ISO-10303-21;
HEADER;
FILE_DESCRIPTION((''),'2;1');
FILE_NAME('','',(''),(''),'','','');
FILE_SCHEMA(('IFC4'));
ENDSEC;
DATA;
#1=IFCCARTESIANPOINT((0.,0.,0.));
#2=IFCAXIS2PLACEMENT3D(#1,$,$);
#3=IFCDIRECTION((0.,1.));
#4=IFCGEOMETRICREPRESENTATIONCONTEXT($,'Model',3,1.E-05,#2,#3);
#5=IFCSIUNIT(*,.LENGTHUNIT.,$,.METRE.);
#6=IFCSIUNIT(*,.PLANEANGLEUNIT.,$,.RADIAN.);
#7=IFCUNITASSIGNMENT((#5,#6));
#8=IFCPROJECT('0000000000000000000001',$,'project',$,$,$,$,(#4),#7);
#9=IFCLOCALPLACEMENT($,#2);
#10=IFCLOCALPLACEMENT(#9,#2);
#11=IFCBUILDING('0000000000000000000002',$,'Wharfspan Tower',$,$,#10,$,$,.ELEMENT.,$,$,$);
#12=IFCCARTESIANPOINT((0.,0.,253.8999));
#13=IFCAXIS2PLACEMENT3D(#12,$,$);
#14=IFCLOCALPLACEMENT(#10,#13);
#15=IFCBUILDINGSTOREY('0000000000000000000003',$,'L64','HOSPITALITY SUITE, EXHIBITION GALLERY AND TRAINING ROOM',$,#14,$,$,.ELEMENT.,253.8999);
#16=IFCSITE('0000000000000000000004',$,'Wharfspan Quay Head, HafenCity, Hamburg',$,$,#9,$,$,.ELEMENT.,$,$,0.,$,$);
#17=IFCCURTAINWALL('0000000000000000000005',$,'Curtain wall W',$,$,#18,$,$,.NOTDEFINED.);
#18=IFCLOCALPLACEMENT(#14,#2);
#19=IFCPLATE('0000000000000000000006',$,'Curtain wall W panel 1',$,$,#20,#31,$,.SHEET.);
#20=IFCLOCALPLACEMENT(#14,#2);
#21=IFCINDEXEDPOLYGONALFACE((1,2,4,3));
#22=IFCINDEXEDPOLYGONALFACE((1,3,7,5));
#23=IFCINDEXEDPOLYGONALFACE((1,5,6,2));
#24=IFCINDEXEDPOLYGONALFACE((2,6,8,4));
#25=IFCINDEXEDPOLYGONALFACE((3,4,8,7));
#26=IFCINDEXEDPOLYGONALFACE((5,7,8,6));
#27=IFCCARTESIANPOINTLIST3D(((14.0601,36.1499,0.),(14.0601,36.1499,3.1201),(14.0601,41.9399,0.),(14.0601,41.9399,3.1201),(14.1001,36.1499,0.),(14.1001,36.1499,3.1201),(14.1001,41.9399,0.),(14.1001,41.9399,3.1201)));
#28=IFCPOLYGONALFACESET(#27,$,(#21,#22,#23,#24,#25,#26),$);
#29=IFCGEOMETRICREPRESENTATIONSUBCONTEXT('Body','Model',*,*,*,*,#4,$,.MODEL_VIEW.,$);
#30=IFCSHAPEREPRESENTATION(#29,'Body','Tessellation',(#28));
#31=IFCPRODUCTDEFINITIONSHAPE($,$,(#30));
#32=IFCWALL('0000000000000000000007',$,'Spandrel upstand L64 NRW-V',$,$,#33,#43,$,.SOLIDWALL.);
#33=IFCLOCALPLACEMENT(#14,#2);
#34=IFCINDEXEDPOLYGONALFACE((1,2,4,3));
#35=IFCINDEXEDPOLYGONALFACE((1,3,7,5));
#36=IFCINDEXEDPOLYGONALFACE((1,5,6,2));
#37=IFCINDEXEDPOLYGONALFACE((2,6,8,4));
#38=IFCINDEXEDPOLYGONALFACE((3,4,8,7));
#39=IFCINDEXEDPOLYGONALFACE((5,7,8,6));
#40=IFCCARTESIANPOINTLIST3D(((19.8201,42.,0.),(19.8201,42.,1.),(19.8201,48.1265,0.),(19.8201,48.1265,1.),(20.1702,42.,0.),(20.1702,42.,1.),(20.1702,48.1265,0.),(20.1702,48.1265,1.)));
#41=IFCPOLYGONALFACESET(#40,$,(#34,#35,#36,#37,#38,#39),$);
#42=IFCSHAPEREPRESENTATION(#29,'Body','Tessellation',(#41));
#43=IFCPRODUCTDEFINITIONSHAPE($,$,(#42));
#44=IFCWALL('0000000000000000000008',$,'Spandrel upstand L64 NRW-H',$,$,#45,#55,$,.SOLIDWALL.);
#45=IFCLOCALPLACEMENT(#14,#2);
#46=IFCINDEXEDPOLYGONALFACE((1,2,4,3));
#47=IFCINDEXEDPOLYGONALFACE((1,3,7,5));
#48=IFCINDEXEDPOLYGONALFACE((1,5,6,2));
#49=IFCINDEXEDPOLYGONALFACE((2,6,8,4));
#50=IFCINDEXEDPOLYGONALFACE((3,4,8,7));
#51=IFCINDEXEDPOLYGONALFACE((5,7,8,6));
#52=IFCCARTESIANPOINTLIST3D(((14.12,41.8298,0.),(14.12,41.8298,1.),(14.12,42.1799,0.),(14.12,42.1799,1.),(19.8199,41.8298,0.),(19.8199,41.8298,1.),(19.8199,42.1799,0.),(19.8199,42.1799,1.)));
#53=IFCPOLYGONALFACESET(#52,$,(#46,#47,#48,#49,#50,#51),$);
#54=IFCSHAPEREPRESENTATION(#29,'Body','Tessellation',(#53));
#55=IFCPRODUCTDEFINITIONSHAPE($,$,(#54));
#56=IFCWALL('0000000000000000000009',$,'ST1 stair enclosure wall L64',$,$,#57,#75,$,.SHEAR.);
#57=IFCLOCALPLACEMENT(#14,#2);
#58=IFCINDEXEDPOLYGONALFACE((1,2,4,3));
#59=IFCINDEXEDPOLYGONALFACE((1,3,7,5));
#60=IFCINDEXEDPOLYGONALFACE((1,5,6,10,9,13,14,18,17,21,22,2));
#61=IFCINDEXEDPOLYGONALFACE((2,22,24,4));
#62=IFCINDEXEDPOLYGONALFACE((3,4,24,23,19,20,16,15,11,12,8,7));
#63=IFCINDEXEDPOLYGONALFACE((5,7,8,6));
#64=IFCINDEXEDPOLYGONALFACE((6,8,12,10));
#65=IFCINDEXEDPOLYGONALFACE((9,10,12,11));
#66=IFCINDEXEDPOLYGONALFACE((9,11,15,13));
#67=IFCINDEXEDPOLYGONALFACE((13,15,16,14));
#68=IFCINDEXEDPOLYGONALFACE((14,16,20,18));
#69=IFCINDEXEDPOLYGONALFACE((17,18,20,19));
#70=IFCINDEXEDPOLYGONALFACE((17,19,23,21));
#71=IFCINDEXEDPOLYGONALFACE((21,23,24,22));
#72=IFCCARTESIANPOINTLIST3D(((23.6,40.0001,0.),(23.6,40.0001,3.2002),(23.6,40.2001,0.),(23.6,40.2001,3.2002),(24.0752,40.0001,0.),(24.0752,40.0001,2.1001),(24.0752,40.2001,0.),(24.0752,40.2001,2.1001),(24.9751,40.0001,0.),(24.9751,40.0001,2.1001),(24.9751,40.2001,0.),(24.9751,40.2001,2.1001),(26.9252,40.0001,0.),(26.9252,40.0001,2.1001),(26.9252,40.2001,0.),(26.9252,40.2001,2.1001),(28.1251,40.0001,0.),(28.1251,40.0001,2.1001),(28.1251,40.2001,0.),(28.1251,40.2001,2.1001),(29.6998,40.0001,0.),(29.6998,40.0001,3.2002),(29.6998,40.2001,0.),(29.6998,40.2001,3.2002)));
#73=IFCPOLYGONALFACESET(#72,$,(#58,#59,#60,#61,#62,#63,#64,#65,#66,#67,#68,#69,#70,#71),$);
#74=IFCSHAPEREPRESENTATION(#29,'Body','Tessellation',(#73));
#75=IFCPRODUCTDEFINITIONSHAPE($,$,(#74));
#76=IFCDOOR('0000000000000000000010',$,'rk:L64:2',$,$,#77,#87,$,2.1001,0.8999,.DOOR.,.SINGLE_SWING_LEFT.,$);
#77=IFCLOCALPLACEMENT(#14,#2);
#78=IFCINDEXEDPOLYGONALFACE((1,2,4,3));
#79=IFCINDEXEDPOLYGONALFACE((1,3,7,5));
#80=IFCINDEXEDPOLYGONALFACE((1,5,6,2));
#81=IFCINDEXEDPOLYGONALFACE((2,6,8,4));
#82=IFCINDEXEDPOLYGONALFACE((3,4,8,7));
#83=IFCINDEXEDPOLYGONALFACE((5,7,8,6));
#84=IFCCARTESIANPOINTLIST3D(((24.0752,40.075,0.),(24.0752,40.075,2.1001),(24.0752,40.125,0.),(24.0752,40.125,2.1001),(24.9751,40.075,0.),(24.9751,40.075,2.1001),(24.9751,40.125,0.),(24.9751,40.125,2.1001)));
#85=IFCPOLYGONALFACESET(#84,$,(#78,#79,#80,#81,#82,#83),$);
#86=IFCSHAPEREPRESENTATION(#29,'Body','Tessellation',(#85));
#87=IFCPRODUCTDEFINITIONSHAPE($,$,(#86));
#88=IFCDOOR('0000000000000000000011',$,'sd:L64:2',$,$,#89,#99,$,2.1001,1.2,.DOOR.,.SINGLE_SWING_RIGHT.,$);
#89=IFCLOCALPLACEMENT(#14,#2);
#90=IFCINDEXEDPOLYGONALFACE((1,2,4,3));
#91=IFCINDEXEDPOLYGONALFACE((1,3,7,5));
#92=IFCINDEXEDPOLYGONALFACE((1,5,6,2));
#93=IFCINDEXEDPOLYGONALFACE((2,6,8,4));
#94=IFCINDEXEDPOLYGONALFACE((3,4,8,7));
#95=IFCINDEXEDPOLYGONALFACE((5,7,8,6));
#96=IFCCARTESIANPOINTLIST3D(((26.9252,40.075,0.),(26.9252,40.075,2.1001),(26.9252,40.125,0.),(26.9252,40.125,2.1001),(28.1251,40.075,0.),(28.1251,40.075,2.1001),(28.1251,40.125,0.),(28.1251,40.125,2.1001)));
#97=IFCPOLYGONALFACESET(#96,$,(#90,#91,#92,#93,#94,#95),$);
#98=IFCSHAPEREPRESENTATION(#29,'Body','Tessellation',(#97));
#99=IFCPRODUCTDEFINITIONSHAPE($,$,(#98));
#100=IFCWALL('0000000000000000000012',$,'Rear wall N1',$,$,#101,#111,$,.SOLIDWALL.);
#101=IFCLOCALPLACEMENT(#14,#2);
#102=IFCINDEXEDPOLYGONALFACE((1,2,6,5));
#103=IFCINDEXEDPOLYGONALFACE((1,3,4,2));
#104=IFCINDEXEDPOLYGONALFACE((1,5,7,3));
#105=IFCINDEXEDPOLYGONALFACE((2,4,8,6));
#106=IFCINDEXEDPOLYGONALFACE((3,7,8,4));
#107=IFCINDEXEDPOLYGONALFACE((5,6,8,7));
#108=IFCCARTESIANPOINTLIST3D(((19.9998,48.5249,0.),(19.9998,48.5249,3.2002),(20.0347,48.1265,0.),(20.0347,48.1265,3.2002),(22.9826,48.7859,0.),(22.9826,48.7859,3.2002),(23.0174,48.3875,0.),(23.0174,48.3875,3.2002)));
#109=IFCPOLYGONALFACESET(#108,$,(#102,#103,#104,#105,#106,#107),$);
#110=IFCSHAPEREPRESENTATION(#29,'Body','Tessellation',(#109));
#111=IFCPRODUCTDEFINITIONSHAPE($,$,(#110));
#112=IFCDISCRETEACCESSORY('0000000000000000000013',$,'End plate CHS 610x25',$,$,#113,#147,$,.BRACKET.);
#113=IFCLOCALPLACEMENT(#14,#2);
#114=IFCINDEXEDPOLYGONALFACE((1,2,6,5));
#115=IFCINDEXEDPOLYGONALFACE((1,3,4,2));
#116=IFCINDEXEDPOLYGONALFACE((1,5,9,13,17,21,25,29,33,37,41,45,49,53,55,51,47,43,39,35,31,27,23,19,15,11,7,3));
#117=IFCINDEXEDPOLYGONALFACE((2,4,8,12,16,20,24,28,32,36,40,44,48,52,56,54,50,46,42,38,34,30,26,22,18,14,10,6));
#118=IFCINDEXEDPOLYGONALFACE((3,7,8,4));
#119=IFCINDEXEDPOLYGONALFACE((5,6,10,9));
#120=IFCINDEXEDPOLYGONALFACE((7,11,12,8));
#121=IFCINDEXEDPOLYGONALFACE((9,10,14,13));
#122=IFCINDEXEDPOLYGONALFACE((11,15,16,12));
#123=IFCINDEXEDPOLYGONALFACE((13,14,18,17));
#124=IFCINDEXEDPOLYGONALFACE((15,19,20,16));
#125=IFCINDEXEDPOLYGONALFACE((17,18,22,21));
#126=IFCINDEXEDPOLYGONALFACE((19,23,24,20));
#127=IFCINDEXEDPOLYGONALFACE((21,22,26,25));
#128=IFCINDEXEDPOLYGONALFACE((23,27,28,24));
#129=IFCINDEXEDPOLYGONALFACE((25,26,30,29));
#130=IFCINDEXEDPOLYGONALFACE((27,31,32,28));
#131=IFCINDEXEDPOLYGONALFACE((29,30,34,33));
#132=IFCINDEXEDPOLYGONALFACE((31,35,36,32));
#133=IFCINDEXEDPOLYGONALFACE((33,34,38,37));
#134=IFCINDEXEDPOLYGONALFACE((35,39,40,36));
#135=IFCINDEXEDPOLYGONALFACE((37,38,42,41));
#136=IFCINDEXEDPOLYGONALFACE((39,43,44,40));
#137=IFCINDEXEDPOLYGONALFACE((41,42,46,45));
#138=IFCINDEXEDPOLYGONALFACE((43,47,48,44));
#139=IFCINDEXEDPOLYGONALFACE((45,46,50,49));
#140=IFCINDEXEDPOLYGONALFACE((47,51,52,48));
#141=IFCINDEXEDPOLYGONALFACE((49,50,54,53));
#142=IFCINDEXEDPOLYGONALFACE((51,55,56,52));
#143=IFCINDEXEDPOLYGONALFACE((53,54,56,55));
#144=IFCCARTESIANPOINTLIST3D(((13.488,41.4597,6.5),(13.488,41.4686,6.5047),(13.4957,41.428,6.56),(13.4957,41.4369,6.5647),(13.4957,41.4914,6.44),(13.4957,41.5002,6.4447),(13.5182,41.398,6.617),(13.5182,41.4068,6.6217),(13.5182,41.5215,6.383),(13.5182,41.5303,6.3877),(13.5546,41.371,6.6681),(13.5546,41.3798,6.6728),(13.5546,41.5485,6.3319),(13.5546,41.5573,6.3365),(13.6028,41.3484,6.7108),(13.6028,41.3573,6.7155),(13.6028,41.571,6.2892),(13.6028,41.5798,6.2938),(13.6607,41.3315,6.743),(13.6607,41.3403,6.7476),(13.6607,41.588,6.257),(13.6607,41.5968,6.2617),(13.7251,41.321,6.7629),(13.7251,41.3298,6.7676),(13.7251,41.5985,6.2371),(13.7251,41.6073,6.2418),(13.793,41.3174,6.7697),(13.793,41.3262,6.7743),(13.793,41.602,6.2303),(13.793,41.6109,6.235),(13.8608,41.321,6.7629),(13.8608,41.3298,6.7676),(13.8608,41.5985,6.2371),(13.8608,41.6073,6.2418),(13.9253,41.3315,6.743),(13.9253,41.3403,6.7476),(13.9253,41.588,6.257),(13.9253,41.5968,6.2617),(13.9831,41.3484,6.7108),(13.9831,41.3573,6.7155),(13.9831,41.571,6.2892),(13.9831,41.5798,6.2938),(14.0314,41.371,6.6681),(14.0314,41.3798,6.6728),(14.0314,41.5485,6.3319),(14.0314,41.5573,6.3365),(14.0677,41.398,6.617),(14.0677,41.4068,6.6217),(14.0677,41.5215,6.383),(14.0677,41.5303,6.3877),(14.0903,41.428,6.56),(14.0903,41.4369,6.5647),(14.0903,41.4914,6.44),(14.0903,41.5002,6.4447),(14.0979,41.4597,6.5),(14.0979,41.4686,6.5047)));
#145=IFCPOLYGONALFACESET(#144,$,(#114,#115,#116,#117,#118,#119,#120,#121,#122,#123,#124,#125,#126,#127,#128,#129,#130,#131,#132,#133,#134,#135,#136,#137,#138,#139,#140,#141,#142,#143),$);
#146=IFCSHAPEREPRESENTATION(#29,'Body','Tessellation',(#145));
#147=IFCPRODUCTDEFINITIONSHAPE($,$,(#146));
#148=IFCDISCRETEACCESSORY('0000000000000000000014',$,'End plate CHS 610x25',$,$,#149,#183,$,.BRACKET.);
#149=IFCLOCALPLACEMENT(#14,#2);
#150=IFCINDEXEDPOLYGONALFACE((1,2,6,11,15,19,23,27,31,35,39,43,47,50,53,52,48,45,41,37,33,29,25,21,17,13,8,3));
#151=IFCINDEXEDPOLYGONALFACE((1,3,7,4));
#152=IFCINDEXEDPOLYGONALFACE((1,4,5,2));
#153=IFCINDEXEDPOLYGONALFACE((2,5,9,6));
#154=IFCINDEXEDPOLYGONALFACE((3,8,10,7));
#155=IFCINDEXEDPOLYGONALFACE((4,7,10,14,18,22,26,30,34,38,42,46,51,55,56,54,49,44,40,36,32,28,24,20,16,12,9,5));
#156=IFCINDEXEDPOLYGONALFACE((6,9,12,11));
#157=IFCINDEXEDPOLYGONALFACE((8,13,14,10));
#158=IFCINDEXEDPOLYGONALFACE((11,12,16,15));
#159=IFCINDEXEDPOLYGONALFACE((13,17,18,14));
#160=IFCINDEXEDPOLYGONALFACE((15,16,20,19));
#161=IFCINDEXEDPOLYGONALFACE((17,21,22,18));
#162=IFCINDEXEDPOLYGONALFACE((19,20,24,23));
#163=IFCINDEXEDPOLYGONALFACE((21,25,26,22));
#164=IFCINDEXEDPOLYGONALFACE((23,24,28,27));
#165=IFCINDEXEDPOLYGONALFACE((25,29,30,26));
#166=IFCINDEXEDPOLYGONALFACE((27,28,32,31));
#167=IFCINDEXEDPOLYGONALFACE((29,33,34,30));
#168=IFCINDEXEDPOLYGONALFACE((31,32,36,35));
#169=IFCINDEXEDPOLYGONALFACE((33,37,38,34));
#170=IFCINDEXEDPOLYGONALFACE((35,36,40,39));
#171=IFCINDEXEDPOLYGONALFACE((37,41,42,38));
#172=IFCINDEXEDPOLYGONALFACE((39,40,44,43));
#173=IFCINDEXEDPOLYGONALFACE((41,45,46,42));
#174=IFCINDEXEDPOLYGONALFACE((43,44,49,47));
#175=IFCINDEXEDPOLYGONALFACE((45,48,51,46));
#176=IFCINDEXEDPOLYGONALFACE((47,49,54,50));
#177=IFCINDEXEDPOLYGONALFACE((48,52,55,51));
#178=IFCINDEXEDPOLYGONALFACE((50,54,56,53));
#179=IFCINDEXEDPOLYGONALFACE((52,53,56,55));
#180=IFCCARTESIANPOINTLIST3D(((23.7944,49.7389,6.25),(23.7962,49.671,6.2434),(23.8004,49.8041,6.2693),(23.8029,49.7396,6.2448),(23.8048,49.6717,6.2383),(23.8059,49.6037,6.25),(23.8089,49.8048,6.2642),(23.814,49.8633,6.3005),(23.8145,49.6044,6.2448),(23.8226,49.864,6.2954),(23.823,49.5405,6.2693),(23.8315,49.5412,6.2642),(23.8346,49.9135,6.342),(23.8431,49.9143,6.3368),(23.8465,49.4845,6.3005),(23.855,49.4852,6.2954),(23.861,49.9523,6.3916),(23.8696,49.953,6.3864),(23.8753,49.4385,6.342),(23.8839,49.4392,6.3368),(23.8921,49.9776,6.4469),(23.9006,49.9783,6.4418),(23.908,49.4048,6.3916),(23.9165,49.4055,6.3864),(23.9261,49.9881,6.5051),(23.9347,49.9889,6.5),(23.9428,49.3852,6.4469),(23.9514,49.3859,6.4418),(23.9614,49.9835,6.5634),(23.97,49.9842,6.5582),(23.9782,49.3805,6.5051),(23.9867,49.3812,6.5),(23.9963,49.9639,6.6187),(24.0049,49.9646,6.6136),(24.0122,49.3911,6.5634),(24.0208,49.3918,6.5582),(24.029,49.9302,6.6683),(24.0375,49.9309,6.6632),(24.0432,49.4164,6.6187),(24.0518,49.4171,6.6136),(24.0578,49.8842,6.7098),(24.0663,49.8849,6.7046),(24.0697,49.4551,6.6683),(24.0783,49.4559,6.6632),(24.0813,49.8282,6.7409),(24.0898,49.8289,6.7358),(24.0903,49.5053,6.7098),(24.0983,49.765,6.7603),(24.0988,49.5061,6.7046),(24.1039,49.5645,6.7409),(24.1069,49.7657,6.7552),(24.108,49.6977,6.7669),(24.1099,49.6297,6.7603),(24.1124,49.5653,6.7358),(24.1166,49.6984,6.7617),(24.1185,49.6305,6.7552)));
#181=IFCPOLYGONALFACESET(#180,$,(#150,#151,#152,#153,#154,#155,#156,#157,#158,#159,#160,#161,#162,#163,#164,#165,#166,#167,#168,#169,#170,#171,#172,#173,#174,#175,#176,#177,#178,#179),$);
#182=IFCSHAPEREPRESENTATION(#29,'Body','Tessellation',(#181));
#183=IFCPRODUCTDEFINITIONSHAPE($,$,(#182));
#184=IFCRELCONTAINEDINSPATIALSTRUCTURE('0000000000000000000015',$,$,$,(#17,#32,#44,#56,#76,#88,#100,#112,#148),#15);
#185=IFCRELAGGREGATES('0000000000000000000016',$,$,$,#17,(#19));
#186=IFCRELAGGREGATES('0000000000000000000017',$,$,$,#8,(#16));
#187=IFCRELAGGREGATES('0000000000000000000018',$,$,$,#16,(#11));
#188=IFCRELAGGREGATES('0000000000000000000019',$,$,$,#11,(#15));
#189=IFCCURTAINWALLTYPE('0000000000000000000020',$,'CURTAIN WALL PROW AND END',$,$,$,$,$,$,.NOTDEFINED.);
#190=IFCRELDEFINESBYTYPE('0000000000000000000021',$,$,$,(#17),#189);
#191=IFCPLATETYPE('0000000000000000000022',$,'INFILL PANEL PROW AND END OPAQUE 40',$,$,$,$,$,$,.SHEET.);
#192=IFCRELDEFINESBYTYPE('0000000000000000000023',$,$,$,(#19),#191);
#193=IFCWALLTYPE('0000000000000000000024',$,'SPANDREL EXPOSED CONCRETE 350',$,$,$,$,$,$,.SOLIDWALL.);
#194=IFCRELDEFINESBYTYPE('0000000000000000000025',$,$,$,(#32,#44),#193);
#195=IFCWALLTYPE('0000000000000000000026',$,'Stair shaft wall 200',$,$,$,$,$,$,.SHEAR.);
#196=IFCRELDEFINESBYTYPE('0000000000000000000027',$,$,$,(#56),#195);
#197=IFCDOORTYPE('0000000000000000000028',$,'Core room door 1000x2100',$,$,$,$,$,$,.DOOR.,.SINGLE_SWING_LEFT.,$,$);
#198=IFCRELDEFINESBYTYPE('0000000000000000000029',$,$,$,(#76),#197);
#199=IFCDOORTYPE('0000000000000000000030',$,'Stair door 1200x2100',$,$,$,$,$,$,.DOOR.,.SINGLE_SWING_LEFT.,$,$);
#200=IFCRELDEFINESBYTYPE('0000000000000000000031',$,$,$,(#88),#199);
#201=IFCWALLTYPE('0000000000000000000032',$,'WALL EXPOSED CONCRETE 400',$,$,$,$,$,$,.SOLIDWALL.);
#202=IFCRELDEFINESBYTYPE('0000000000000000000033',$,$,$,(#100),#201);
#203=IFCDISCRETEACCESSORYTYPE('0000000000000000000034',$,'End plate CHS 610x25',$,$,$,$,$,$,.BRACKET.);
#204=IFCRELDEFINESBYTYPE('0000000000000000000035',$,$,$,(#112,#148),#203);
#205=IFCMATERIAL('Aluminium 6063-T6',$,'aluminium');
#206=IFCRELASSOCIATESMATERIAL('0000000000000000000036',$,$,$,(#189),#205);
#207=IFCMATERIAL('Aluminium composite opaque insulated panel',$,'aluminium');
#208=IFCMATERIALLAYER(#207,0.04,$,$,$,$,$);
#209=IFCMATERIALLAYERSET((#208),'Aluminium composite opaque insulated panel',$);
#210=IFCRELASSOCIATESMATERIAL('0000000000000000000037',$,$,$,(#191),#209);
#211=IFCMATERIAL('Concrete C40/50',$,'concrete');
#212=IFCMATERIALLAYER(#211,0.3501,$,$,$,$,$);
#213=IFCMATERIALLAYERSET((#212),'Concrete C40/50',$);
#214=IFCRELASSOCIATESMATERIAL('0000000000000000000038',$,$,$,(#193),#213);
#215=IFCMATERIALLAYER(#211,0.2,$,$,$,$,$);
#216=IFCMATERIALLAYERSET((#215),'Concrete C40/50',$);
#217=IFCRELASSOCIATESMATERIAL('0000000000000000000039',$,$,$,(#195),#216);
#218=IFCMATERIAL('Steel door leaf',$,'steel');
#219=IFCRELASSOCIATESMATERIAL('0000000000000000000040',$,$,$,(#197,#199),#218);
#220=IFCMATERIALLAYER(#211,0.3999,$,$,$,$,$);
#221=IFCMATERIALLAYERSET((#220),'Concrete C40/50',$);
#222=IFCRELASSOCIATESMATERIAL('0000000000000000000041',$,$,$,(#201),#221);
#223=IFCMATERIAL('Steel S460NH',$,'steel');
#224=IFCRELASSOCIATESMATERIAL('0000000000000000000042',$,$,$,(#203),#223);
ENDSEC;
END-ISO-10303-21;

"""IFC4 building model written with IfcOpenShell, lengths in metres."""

from ifc_helpers import new_model, si_unit, direction, frame, frame_2d, origin, origin_2d, place, context, subcontext, project, spatial, rectangle, circle, extrude, material, layer, layer_set, material_profile, profile_set, type_object, element, fill, aggregate, save


model = new_model("IFC4")

# Units and contexts
model_context = context("Model", 3, precision=1e-05, world=origin(), true_north=direction((0.0, 1.0)))
body_context = subcontext(model_context, "Body", "Model", "MODEL_VIEW")
ifc_project = project(units=[si_unit("LENGTHUNIT", "METRE"), si_unit("PLANEANGLEUNIT", "RADIAN")], contexts=[model_context])

# Site, building, storey
site_placement = place(None, origin())
site = spatial("IfcSite", under=ifc_project, at=site_placement, Name="Wharfspan Quay Head, HafenCity, Hamburg", CompositionType="ELEMENT", RefElevation=0.0)
building_placement = place(site_placement, origin())
building = spatial("IfcBuilding", under=site, at=building_placement, Name="Wharfspan Tower", CompositionType="ELEMENT")
storey_placement = place(building_placement, frame((0.0, 0.0, 253.8999)))
storey = spatial("IfcBuildingStorey", under=building, at=storey_placement, Name="L64", Description="HOSPITALITY SUITE, EXHIBITION GALLERY AND TRAINING ROOM", CompositionType="ELEMENT", Elevation=253.8999)

# Curtain wall
ifc_material_1 = material(Name="Aluminium 6063-T6", Category="aluminium")
curtain_wall_type = type_object("IfcCurtainWallType", Name="CURTAIN WALL PROW AND END", PredefinedType="NOTDEFINED", material=ifc_material_1)
curtain_wall_1_placement = place(storey_placement, origin())
curtain_wall_1 = element("IfcCurtainWall", 1, at=curtain_wall_1_placement, inside=storey, type_object=curtain_wall_type, Name="Curtain wall W", PredefinedType="NOTDEFINED")

# Plate
ifc_material_2 = material(Name="Aluminium composite opaque insulated panel", Category="aluminium")
ifc_layer_1 = layer(ifc_material_2, 0.04)
ifc_layer_set_1 = layer_set([ifc_layer_1], Name="Aluminium composite opaque insulated panel")
plate_type_1 = type_object("IfcPlateType", Name="INFILL PANEL PROW AND END OPAQUE 40", PredefinedType="SHEET", material=ifc_layer_set_1)
plate_1_placement = place(storey_placement, frame((14.0801, 39.0449, 0.0), z_axis=(0.0, 0.0, 1.0), x_axis=(0.0, -1.0, 0.0)))
plate_1 = element("IfcPlate", 2, at=plate_1_placement, type_object=plate_type_1, Name="Curtain wall W panel 1", PredefinedType="SHEET", context=body_context, shape_type="SweptSolid", body=[
    extrude(rectangle(XDim=5.79, YDim=0.04, at=origin_2d()), origin(), (0.0, 0.0, 1.0), 3.1201),
])
aggregate(curtain_wall_1, [plate_1])

# Walls
ifc_material_3 = material(Name="Concrete C40/50", Category="concrete")
ifc_layer_2 = layer(ifc_material_3, 0.3501)
ifc_layer_set_2 = layer_set([ifc_layer_2], Name="Concrete C40/50")
wall_type_1 = type_object("IfcWallType", Name="SPANDREL EXPOSED CONCRETE 350", PredefinedType="SOLIDWALL", material=ifc_layer_set_2)
wall_1_placement = place(storey_placement, frame((19.9951, 48.1265, 0.0), z_axis=(0.0, 0.0, 1.0), x_axis=(0.0, -1.0, 0.0)))
element("IfcWall", 3, at=wall_1_placement, inside=storey, type_object=wall_type_1, Name="Spandrel upstand L64 NRW-V", PredefinedType="SOLIDWALL", context=body_context, shape_type="SweptSolid", body=[
    extrude(rectangle(XDim=6.1265, YDim=0.3501, at=frame_2d((3.0632, 0.0))), origin(), (0.0, 0.0, 1.0), 1.0),
])
wall_2_placement = place(storey_placement, frame((19.8201, 42.0049, 0.0), z_axis=(0.0, 0.0, 1.0), x_axis=(-1.0, 0.0, 0.0)))
element("IfcWall", 4, at=wall_2_placement, inside=storey, type_object=wall_type_1, Name="Spandrel upstand L64 NRW-H", PredefinedType="SOLIDWALL", context=body_context, shape_type="SweptSolid", body=[
    extrude(rectangle(XDim=5.7, YDim=0.3501, at=frame_2d((2.8501, 0.0))), origin(), (0.0, 0.0, 1.0), 1.0),
])

# Wall, openings, doors
ifc_layer_3 = layer(ifc_material_3, 0.2)
ifc_layer_set_3 = layer_set([ifc_layer_3], Name="Concrete C40/50")
wall_type_2 = type_object("IfcWallType", Name="Stair shaft wall 200", PredefinedType="SHEAR", material=ifc_layer_set_3)
wall_3_placement = place(storey_placement, frame((23.6001, 40.1001, 0.0), z_axis=(0.0, 0.0, 1.0), x_axis=(1.0, 0.0, 0.0)))
wall_3 = element("IfcWall", 5, at=wall_3_placement, inside=storey, type_object=wall_type_2, Name="ST1 stair enclosure wall L64", PredefinedType="SHEAR", context=body_context, shape_type="SweptSolid", body=[
    extrude(rectangle(XDim=6.0999, YDim=0.2, at=frame_2d((3.0498, 0.0))), origin(), (0.0, 0.0, 1.0), 3.2002),
])
opening_1_placement = place(wall_3_placement, frame((3.325, 0.0, 0.0)))
opening_1 = element("IfcOpeningElement", 6, at=opening_1_placement, cuts=wall_3, PredefinedType="OPENING", context=body_context, shape_type="SweptSolid", body=[
    extrude(rectangle(XDim=1.2, YDim=2.1001, at=frame_2d((0.6001, 1.05))), frame((0.0, 0.1099, 0.0), z_axis=(0.0, -1.0, 0.0), x_axis=(1.0, 0.0, 0.0)), (0.0, 0.0, 1.0), 0.22),
])
opening_2_placement = place(wall_3_placement, frame((0.4751, 0.0, 0.0)))
opening_2 = element("IfcOpeningElement", 7, at=opening_2_placement, cuts=wall_3, PredefinedType="OPENING", context=body_context, shape_type="SweptSolid", body=[
    extrude(rectangle(XDim=0.8999, YDim=2.1001, at=frame_2d((0.45, 1.05))), frame((0.0, 0.1099, 0.0), z_axis=(0.0, -1.0, 0.0), x_axis=(1.0, 0.0, 0.0)), (0.0, 0.0, 1.0), 0.22),
])
ifc_material_4 = material(Name="Steel door leaf", Category="steel")
door_type_1 = type_object("IfcDoorType", Name="Core room door 1000x2100", OperationType="SINGLE_SWING_LEFT", PredefinedType="DOOR", material=ifc_material_4)
door_1_placement = place(opening_2_placement, origin())
door_1 = element("IfcDoor", 8, at=door_1_placement, inside=storey, type_object=door_type_1, Name="rk:L64:2", OperationType="SINGLE_SWING_LEFT", OverallHeight=2.1001, OverallWidth=0.8999, PredefinedType="DOOR", context=body_context, shape_type="SweptSolid", body=[
    extrude(rectangle(XDim=0.8999, YDim=2.1001, at=frame_2d((0.45, 1.05))), frame((0.0, 0.0249, 0.0), z_axis=(0.0, -1.0, 0.0), x_axis=(1.0, 0.0, 0.0)), (0.0, 0.0, 1.0), 0.05),
])
fill(opening_2, door_1)
door_type_2 = type_object("IfcDoorType", Name="Stair door 1200x2100", OperationType="SINGLE_SWING_LEFT", PredefinedType="DOOR", material=ifc_material_4)
door_2_placement = place(opening_1_placement, origin())
door_2 = element("IfcDoor", 9, at=door_2_placement, inside=storey, type_object=door_type_2, Name="sd:L64:2", OperationType="SINGLE_SWING_RIGHT", OverallHeight=2.1001, OverallWidth=1.2, PredefinedType="DOOR", context=body_context, shape_type="SweptSolid", body=[
    extrude(rectangle(XDim=1.2, YDim=2.1001, at=frame_2d((0.6001, 1.05))), frame((0.0, 0.0249, 0.0), z_axis=(0.0, -1.0, 0.0), x_axis=(1.0, 0.0, 0.0)), (0.0, 0.0, 1.0), 0.05),
])
fill(opening_1, door_2)

# Wall
ifc_layer_4 = layer(ifc_material_3, 0.3999)
ifc_layer_set_4 = layer_set([ifc_layer_4], Name="Concrete C40/50")
wall_type_3 = type_object("IfcWallType", Name="WALL EXPOSED CONCRETE 400", PredefinedType="SOLIDWALL", material=ifc_layer_set_4)
wall_4_placement = place(storey_placement, frame((23.0, 48.5867, 0.0), z_axis=(0.0, 0.0, 1.0), x_axis=(-0.996194, -0.087168, 0.0)))
element("IfcWall", 10, at=wall_4_placement, inside=storey, type_object=wall_type_3, Name="Rear wall N1", PredefinedType="SOLIDWALL", context=body_context, shape_type="SweptSolid", body=[
    extrude(rectangle(XDim=2.9941, YDim=0.3999, at=frame_2d((1.4971, 0.0))), origin(), (0.0, 0.0, 1.0), 3.2002),
])

# Discrete accessories
ifc_material_5 = material(Name="Steel S460NH", Category="steel")
ifc_material_profile_1 = material_profile(ifc_material_5, circle(Radius=0.3049, at=origin_2d()))
ifc_profile_set_1 = profile_set([ifc_material_profile_1], Name="Steel S460NH")
discrete_accessory_type = type_object("IfcDiscreteAccessoryType", Name="End plate CHS 610x25", PredefinedType="BRACKET", material=ifc_profile_set_1)
for number, where, z_axis, x_axis, name in (
    (11, (13.793, 41.4597, 6.5), (0.0, 0.884385, 0.466759), (-1.0, 0.0, 0.0), "End plate CHS 610x25"),
    (12, (23.9607, 49.6851, 6.5), (-0.855186, -0.073302, 0.513112), (0.085402, -0.996345, 0.000001), "End plate CHS 610x25"),
):
    element("IfcDiscreteAccessory", number, at=place(storey_placement, frame(where, z_axis=z_axis, x_axis=x_axis)), inside=storey, type_object=discrete_accessory_type, Name=name, PredefinedType="BRACKET", context=body_context, shape_type="SweptSolid", body=[
        extrude(circle(Radius=0.3049, at=origin_2d()), origin(), (0.0, 0.0, 1.0), 0.01),
    ])

save(model, "model.ifc")
